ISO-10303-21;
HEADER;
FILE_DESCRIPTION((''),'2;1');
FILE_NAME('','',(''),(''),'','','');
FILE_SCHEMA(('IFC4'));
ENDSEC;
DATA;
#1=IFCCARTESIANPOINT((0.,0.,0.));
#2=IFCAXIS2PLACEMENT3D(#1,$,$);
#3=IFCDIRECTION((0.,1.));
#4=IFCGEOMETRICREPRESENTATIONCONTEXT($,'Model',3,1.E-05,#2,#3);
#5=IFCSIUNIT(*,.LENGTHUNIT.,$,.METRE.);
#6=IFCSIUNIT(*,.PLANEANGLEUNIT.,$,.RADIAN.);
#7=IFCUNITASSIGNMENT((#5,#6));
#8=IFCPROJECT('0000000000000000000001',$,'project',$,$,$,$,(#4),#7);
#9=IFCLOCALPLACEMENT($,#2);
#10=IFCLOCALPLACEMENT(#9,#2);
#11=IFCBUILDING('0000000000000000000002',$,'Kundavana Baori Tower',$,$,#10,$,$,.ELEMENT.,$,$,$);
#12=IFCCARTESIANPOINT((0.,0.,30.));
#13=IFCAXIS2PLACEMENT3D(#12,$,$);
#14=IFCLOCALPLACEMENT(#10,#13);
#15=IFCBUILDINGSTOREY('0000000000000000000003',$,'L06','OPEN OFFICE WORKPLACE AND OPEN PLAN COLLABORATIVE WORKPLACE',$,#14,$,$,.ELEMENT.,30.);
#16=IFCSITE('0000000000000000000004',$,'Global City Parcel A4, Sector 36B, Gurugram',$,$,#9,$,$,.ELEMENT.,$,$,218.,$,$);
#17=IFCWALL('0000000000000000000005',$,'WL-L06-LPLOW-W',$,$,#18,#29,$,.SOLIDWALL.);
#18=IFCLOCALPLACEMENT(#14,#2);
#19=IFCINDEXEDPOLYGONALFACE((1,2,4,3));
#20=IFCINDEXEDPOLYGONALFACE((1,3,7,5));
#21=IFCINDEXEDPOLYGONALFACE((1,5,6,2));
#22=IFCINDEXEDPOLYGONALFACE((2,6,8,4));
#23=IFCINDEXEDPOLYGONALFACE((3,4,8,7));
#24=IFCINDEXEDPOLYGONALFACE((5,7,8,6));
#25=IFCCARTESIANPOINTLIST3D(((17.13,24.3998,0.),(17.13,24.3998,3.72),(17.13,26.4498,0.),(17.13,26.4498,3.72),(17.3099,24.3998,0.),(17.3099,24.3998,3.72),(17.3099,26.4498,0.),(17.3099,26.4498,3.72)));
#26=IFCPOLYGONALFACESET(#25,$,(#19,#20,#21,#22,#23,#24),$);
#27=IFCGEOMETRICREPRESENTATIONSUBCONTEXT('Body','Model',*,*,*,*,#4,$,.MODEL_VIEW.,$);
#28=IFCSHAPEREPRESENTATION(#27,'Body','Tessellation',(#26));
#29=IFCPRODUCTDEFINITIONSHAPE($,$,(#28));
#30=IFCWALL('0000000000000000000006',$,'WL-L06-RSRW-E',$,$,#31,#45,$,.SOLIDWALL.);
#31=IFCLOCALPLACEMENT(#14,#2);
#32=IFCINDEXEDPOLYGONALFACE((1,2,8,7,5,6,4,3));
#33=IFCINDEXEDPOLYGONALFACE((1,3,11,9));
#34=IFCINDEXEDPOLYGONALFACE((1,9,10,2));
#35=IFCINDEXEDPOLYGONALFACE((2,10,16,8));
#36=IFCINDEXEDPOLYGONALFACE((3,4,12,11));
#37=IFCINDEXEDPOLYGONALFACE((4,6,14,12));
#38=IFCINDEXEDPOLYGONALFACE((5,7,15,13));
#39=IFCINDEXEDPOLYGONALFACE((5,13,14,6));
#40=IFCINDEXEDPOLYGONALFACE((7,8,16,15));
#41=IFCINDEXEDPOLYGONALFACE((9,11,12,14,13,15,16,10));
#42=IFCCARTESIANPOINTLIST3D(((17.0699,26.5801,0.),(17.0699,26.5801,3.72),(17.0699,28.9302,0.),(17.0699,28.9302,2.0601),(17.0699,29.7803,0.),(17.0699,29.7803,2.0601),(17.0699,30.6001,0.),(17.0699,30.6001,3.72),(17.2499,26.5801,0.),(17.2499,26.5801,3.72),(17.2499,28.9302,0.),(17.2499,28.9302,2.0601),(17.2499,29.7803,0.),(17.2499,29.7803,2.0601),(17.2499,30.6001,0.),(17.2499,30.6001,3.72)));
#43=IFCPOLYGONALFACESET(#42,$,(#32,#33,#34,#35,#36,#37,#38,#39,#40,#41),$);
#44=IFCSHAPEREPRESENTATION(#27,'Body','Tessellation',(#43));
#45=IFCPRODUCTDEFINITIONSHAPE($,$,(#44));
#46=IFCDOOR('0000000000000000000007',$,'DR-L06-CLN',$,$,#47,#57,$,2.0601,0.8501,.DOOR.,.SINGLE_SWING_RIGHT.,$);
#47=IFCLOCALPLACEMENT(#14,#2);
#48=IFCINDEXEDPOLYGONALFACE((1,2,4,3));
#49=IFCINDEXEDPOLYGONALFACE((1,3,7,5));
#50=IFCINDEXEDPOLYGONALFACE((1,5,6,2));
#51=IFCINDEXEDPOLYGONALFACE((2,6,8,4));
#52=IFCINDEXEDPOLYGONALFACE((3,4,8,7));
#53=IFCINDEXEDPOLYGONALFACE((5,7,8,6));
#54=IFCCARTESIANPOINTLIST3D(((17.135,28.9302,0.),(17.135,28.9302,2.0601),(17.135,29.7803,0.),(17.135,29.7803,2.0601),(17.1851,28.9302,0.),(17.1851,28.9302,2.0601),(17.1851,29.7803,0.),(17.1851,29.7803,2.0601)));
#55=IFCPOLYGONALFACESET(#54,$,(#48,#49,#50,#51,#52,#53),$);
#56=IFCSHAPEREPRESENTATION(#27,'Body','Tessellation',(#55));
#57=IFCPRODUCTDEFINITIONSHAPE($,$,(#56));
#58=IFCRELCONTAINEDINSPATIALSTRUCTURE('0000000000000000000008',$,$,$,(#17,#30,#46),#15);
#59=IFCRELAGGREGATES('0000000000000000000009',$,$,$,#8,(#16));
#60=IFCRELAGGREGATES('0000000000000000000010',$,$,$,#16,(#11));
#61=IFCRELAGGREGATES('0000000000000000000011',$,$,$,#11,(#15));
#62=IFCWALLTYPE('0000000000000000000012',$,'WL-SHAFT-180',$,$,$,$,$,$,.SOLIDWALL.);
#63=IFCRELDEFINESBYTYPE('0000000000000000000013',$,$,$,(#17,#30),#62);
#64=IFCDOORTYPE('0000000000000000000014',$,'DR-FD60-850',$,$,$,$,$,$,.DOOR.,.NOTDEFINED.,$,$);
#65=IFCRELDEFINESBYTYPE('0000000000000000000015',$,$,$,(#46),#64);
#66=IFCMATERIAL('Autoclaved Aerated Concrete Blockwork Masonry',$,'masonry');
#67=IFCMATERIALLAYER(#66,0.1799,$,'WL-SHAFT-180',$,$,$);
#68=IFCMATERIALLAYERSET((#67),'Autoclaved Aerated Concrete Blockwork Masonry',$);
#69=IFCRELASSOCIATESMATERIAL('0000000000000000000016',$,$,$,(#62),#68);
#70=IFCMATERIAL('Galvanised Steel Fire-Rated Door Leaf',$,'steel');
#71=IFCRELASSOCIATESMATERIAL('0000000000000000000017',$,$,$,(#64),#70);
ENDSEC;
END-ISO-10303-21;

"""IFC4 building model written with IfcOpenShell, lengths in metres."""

from ifc_helpers import new_model, si_unit, direction, frame, frame_2d, origin, place, context, subcontext, project, spatial, rectangle, extrude, material, layer, layer_set, type_object, element, fill, save


model = new_model("IFC4")

# Units and contexts
model_context = context("Model", 3, precision=1e-05, world=origin(), true_north=direction((0.0, 1.0)))
body_context = subcontext(model_context, "Body", "Model", "MODEL_VIEW")
ifc_project = project(units=[si_unit("LENGTHUNIT", "METRE"), si_unit("PLANEANGLEUNIT", "RADIAN")], contexts=[model_context])

# Site, building, storey
site_placement = place(None, origin())
site = spatial("IfcSite", under=ifc_project, at=site_placement, Name="Global City Parcel A4, Sector 36B, Gurugram", CompositionType="ELEMENT", RefElevation=218.0)
building_placement = place(site_placement, origin())
building = spatial("IfcBuilding", under=site, at=building_placement, Name="Kundavana Baori Tower", CompositionType="ELEMENT")
storey_placement = place(building_placement, frame((0.0, 0.0, 30.0)))
storey = spatial("IfcBuildingStorey", under=building, at=storey_placement, Name="L06", Description="OPEN OFFICE WORKPLACE AND OPEN PLAN COLLABORATIVE WORKPLACE", CompositionType="ELEMENT", Elevation=30.0)

# Shared definitions
ifc_material_1 = material(Name="Autoclaved Aerated Concrete Blockwork Masonry", Category="masonry")
ifc_layer_1 = layer(ifc_material_1, 0.1799, Name="WL-SHAFT-180")
ifc_layer_set_1 = layer_set([ifc_layer_1], Name="Autoclaved Aerated Concrete Blockwork Masonry")
wall_type_1 = type_object("IfcWallType", Name="WL-SHAFT-180", PredefinedType="SOLIDWALL", material=ifc_layer_set_1)

# Wall
wall_1_placement = place(storey_placement, frame((17.22, 24.3999, 0.0), z_axis=(0.0, 0.0, 1.0), x_axis=(0.0, 1.0, 0.0)))
element("IfcWall", 1, at=wall_1_placement, inside=storey, type_object=wall_type_1, Name="WL-L06-LPLOW-W", PredefinedType="SOLIDWALL", context=body_context, shape_type="SweptSolid", body=[
    extrude(rectangle(XDim=2.05, YDim=0.1799, at=frame_2d((1.0249, 0.0))), origin(), (0.0, 0.0, 1.0), 3.72),
])

# Wall, opening, door
wall_2_placement = place(storey_placement, frame((17.1599, 26.5801, 0.0), z_axis=(0.0, 0.0, 1.0), x_axis=(0.0, 1.0, 0.0)))
wall_2 = element("IfcWall", 2, at=wall_2_placement, inside=storey, type_object=wall_type_1, Name="WL-L06-RSRW-E", PredefinedType="SOLIDWALL", context=body_context, shape_type="SweptSolid", body=[
    extrude(rectangle(XDim=4.02, YDim=0.1799, at=frame_2d((2.01, 0.0))), origin(), (0.0, 0.0, 1.0), 3.72),
])
opening_1_placement = place(wall_2_placement, frame((2.3501, 0.0, 0.0)))
opening_1 = element("IfcOpeningElement", 3, at=opening_1_placement, cuts=wall_2, PredefinedType="OPENING", context=body_context, shape_type="SweptSolid", body=[
    extrude(rectangle(XDim=0.8501, YDim=2.0601, at=frame_2d((0.425, 1.03))), frame((0.0, 0.1001, 0.0), z_axis=(0.0, -1.0, 0.0), x_axis=(1.0, 0.0, 0.0)), (0.0, 0.0, 1.0), 0.2),
])
ifc_material_2 = material(Name="Galvanised Steel Fire-Rated Door Leaf", Category="steel")
door_type_1 = type_object("IfcDoorType", Name="DR-FD60-850", OperationType="NOTDEFINED", PredefinedType="DOOR", material=ifc_material_2)
door_1_placement = place(opening_1_placement, origin())
door_1 = element("IfcDoor", 4, at=door_1_placement, inside=storey, type_object=door_type_1, Name="DR-L06-CLN", OperationType="SINGLE_SWING_RIGHT", OverallHeight=2.0601, OverallWidth=0.8501, PredefinedType="DOOR", context=body_context, shape_type="SweptSolid", body=[
    extrude(rectangle(XDim=0.8501, YDim=2.0601, at=frame_2d((0.425, 1.03))), frame((0.0, 0.0249, 0.0), z_axis=(0.0, -1.0, 0.0), x_axis=(1.0, 0.0, 0.0)), (0.0, 0.0, 1.0), 0.05),
])
fill(opening_1, door_1)

save(model, "model.ifc")
